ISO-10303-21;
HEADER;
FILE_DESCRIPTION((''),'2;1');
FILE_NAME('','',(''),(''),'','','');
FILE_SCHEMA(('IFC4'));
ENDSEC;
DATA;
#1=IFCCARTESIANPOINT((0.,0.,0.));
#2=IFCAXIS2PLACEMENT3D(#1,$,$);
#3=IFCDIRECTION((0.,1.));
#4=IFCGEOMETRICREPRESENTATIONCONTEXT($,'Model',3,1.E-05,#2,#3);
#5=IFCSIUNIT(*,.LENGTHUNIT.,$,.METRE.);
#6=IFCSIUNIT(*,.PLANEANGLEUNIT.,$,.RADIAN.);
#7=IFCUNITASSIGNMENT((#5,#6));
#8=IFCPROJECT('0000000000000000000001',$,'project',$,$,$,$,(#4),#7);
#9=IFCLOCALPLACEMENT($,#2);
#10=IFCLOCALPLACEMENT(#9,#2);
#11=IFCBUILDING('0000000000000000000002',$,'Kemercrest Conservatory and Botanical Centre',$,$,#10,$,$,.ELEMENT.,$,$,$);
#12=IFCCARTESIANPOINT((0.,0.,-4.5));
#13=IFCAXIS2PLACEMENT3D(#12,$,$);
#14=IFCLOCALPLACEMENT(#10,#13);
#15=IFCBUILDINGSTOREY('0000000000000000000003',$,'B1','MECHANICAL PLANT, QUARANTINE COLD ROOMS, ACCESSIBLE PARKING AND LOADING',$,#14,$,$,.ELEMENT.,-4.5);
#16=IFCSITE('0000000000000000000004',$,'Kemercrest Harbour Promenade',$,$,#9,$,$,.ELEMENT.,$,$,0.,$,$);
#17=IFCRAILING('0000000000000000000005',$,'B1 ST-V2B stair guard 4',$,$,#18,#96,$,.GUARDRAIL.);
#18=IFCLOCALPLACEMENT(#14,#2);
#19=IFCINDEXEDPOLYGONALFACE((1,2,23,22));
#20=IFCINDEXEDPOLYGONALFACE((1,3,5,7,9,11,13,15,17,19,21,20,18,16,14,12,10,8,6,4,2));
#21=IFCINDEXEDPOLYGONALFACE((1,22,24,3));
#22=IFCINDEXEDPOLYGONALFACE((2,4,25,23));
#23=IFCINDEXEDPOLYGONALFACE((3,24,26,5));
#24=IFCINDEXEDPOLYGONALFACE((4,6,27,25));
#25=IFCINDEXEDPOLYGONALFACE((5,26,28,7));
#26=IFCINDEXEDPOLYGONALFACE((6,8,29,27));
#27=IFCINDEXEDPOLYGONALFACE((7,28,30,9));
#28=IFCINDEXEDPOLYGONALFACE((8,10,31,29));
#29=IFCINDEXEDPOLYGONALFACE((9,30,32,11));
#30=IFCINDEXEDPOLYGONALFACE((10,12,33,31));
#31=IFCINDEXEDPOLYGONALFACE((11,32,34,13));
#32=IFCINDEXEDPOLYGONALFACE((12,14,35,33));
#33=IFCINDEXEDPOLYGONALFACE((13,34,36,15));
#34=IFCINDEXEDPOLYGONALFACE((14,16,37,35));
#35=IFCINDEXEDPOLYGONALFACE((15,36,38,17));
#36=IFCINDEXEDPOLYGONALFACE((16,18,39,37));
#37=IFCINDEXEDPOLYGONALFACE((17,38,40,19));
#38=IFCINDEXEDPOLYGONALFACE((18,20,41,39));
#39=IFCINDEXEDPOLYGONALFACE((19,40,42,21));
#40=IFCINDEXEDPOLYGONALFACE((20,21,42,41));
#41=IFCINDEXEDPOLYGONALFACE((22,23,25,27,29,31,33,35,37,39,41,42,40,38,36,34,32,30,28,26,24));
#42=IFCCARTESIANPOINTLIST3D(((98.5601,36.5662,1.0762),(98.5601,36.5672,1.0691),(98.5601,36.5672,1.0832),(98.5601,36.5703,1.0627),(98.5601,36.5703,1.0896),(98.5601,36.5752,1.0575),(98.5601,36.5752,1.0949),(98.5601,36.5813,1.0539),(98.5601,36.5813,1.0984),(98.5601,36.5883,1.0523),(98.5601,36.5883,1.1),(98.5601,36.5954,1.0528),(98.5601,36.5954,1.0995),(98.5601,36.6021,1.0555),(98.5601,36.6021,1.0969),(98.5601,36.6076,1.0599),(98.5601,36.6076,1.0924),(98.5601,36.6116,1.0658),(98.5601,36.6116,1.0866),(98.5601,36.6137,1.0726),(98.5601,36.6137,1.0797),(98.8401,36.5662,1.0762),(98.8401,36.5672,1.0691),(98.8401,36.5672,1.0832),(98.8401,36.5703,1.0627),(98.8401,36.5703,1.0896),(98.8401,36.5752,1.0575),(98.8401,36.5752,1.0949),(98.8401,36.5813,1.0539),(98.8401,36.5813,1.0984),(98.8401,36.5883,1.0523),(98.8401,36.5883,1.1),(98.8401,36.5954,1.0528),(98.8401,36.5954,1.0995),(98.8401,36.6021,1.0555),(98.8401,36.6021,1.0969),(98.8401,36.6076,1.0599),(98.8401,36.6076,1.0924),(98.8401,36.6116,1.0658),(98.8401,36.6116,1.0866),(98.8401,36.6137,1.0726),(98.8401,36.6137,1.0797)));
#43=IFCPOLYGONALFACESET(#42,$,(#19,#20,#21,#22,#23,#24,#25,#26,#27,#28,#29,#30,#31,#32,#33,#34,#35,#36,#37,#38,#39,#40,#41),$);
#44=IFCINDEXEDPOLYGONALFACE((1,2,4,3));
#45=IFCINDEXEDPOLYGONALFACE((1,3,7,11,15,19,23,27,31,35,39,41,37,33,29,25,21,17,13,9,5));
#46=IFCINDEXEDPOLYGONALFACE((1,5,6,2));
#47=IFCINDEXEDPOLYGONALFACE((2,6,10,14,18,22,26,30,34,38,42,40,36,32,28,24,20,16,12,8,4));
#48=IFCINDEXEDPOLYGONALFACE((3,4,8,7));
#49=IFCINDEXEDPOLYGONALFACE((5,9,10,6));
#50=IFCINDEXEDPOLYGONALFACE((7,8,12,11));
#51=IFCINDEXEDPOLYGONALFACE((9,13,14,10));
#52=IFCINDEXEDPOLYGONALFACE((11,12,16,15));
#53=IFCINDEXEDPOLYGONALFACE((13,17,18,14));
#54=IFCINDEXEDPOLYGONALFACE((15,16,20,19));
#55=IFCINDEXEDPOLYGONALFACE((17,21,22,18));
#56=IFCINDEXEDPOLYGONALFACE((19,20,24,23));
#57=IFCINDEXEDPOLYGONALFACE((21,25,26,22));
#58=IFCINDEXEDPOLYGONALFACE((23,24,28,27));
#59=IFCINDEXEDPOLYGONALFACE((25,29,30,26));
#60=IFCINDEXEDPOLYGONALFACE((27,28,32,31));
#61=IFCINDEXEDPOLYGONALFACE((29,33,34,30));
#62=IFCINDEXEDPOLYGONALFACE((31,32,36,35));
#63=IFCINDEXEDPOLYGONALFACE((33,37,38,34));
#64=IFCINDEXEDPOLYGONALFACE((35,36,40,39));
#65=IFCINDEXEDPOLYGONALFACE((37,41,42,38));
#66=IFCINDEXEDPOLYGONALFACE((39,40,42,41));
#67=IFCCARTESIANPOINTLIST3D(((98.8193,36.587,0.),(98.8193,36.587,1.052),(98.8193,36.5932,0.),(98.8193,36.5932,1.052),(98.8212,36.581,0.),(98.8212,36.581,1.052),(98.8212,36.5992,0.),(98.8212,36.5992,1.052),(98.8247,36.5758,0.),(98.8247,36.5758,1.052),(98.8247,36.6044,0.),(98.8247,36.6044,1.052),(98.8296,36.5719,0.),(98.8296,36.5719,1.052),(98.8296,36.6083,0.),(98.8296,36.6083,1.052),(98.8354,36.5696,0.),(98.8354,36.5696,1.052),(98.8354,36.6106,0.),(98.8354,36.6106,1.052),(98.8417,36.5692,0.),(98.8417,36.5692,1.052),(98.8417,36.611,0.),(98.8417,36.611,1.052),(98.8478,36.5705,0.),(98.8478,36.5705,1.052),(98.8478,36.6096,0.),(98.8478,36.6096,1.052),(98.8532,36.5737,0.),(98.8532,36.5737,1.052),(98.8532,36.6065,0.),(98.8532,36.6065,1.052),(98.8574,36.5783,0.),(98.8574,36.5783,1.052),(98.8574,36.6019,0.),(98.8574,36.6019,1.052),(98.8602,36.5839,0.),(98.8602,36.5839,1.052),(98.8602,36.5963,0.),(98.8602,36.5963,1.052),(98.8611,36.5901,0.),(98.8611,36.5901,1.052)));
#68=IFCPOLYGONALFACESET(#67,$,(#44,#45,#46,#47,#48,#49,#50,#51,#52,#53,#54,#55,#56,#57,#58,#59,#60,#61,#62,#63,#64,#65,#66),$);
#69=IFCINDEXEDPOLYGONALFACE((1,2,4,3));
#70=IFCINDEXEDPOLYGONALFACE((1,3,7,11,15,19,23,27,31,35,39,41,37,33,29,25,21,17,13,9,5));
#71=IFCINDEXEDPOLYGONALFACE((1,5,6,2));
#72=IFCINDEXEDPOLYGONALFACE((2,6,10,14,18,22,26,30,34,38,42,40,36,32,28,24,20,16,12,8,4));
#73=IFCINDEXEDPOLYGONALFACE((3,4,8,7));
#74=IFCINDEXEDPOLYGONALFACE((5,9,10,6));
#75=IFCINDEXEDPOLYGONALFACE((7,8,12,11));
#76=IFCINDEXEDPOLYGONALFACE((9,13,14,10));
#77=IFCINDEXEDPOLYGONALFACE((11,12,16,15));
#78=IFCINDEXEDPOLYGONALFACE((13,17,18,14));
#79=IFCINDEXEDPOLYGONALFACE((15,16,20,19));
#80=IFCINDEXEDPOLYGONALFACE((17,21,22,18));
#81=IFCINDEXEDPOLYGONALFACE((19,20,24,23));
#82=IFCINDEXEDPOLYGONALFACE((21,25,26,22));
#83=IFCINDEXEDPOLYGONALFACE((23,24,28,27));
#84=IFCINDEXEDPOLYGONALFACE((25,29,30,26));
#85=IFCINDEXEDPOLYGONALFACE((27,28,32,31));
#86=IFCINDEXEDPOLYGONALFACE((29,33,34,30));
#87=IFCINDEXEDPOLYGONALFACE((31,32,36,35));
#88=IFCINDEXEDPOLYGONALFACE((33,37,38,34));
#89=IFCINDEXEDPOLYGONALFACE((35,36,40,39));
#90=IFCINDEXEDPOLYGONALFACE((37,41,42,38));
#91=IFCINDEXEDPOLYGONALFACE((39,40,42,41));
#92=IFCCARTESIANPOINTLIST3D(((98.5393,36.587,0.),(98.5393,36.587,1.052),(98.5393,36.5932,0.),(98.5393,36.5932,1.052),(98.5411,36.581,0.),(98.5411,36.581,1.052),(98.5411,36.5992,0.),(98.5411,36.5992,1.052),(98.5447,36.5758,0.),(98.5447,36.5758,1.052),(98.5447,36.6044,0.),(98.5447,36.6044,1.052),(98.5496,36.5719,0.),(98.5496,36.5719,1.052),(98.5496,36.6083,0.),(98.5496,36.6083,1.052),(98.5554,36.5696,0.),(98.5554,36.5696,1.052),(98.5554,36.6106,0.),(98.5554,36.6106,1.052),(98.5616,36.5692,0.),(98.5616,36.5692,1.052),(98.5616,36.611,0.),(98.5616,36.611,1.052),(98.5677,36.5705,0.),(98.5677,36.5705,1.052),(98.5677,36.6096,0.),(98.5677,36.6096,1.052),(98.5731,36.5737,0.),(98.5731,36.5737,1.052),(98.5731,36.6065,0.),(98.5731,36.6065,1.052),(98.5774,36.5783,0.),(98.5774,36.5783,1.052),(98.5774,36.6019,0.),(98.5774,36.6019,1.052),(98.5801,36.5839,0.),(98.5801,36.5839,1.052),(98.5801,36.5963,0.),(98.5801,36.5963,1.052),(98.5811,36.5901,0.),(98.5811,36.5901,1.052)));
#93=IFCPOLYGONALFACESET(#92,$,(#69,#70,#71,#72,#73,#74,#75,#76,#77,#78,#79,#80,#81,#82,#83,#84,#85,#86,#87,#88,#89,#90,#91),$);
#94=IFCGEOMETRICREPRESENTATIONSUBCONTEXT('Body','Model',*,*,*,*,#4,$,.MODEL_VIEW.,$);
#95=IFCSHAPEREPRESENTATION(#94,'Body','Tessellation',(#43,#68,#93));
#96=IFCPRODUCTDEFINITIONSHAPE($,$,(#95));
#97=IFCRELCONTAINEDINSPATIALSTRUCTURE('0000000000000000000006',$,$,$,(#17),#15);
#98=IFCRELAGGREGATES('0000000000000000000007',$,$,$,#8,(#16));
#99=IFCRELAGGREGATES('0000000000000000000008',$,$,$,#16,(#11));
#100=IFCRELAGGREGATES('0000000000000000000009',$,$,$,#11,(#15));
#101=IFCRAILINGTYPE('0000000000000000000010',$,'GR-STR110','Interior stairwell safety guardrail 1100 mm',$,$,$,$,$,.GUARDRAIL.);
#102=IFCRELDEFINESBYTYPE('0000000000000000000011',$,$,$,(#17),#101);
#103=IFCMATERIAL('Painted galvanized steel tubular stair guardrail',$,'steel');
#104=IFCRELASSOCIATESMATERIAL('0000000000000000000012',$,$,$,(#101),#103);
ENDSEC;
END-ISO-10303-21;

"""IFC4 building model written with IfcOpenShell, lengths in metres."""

from ifc_helpers import new_model, si_unit, direction, frame, origin, origin_2d, place, context, subcontext, project, spatial, circle, extrude, material, type_object, element, save


model = new_model("IFC4")

# Units and contexts
model_context = context("Model", 3, precision=1e-05, world=origin(), true_north=direction((0.0, 1.0)))
body_context = subcontext(model_context, "Body", "Model", "MODEL_VIEW")
ifc_project = project(units=[si_unit("LENGTHUNIT", "METRE"), si_unit("PLANEANGLEUNIT", "RADIAN")], contexts=[model_context])

# Site, building, storey
site_placement = place(None, origin())
site = spatial("IfcSite", under=ifc_project, at=site_placement, Name="Kemercrest Harbour Promenade", CompositionType="ELEMENT", RefElevation=0.0)
building_placement = place(site_placement, origin())
building = spatial("IfcBuilding", under=site, at=building_placement, Name="Kemercrest Conservatory and Botanical Centre", CompositionType="ELEMENT")
storey_placement = place(building_placement, frame((0.0, 0.0, -4.5)))
storey = spatial("IfcBuildingStorey", under=building, at=storey_placement, Name="B1", Description="MECHANICAL PLANT, QUARANTINE COLD ROOMS, ACCESSIBLE PARKING AND LOADING", CompositionType="ELEMENT", Elevation=-4.5)

# Railing
ifc_material_1 = material(Name="Painted galvanized steel tubular stair guardrail", Category="steel")
railing_type_1 = type_object("IfcRailingType", Name="GR-STR110", Description="Interior stairwell safety guardrail 1100 mm", PredefinedType="GUARDRAIL", material=ifc_material_1)
railing_1_placement = place(storey_placement, frame((98.8401, 36.5901, 0.0)))
element("IfcRailing", 1, at=railing_1_placement, inside=storey, type_object=railing_type_1, Name="B1 ST-V2B stair guard 4", PredefinedType="GUARDRAIL", context=body_context, shape_type="SweptSolid", body=[
    extrude(circle(Radius=0.0239, at=origin_2d()), frame((0.0, 0.0, 1.0762), z_axis=(-1.0, 0.0, 0.0), x_axis=(0.0, -1.0, 0.0)), (0.0, 0.0, 1.0), 0.28),
    extrude(circle(Radius=0.021, at=origin_2d()), origin(), (0.0, 0.0, 1.0), 1.052),
    extrude(circle(Radius=0.021, at=origin_2d()), frame((-0.28, 0.0, 0.0)), (0.0, 0.0, 1.0), 1.052),
])

save(model, "model.ifc")
